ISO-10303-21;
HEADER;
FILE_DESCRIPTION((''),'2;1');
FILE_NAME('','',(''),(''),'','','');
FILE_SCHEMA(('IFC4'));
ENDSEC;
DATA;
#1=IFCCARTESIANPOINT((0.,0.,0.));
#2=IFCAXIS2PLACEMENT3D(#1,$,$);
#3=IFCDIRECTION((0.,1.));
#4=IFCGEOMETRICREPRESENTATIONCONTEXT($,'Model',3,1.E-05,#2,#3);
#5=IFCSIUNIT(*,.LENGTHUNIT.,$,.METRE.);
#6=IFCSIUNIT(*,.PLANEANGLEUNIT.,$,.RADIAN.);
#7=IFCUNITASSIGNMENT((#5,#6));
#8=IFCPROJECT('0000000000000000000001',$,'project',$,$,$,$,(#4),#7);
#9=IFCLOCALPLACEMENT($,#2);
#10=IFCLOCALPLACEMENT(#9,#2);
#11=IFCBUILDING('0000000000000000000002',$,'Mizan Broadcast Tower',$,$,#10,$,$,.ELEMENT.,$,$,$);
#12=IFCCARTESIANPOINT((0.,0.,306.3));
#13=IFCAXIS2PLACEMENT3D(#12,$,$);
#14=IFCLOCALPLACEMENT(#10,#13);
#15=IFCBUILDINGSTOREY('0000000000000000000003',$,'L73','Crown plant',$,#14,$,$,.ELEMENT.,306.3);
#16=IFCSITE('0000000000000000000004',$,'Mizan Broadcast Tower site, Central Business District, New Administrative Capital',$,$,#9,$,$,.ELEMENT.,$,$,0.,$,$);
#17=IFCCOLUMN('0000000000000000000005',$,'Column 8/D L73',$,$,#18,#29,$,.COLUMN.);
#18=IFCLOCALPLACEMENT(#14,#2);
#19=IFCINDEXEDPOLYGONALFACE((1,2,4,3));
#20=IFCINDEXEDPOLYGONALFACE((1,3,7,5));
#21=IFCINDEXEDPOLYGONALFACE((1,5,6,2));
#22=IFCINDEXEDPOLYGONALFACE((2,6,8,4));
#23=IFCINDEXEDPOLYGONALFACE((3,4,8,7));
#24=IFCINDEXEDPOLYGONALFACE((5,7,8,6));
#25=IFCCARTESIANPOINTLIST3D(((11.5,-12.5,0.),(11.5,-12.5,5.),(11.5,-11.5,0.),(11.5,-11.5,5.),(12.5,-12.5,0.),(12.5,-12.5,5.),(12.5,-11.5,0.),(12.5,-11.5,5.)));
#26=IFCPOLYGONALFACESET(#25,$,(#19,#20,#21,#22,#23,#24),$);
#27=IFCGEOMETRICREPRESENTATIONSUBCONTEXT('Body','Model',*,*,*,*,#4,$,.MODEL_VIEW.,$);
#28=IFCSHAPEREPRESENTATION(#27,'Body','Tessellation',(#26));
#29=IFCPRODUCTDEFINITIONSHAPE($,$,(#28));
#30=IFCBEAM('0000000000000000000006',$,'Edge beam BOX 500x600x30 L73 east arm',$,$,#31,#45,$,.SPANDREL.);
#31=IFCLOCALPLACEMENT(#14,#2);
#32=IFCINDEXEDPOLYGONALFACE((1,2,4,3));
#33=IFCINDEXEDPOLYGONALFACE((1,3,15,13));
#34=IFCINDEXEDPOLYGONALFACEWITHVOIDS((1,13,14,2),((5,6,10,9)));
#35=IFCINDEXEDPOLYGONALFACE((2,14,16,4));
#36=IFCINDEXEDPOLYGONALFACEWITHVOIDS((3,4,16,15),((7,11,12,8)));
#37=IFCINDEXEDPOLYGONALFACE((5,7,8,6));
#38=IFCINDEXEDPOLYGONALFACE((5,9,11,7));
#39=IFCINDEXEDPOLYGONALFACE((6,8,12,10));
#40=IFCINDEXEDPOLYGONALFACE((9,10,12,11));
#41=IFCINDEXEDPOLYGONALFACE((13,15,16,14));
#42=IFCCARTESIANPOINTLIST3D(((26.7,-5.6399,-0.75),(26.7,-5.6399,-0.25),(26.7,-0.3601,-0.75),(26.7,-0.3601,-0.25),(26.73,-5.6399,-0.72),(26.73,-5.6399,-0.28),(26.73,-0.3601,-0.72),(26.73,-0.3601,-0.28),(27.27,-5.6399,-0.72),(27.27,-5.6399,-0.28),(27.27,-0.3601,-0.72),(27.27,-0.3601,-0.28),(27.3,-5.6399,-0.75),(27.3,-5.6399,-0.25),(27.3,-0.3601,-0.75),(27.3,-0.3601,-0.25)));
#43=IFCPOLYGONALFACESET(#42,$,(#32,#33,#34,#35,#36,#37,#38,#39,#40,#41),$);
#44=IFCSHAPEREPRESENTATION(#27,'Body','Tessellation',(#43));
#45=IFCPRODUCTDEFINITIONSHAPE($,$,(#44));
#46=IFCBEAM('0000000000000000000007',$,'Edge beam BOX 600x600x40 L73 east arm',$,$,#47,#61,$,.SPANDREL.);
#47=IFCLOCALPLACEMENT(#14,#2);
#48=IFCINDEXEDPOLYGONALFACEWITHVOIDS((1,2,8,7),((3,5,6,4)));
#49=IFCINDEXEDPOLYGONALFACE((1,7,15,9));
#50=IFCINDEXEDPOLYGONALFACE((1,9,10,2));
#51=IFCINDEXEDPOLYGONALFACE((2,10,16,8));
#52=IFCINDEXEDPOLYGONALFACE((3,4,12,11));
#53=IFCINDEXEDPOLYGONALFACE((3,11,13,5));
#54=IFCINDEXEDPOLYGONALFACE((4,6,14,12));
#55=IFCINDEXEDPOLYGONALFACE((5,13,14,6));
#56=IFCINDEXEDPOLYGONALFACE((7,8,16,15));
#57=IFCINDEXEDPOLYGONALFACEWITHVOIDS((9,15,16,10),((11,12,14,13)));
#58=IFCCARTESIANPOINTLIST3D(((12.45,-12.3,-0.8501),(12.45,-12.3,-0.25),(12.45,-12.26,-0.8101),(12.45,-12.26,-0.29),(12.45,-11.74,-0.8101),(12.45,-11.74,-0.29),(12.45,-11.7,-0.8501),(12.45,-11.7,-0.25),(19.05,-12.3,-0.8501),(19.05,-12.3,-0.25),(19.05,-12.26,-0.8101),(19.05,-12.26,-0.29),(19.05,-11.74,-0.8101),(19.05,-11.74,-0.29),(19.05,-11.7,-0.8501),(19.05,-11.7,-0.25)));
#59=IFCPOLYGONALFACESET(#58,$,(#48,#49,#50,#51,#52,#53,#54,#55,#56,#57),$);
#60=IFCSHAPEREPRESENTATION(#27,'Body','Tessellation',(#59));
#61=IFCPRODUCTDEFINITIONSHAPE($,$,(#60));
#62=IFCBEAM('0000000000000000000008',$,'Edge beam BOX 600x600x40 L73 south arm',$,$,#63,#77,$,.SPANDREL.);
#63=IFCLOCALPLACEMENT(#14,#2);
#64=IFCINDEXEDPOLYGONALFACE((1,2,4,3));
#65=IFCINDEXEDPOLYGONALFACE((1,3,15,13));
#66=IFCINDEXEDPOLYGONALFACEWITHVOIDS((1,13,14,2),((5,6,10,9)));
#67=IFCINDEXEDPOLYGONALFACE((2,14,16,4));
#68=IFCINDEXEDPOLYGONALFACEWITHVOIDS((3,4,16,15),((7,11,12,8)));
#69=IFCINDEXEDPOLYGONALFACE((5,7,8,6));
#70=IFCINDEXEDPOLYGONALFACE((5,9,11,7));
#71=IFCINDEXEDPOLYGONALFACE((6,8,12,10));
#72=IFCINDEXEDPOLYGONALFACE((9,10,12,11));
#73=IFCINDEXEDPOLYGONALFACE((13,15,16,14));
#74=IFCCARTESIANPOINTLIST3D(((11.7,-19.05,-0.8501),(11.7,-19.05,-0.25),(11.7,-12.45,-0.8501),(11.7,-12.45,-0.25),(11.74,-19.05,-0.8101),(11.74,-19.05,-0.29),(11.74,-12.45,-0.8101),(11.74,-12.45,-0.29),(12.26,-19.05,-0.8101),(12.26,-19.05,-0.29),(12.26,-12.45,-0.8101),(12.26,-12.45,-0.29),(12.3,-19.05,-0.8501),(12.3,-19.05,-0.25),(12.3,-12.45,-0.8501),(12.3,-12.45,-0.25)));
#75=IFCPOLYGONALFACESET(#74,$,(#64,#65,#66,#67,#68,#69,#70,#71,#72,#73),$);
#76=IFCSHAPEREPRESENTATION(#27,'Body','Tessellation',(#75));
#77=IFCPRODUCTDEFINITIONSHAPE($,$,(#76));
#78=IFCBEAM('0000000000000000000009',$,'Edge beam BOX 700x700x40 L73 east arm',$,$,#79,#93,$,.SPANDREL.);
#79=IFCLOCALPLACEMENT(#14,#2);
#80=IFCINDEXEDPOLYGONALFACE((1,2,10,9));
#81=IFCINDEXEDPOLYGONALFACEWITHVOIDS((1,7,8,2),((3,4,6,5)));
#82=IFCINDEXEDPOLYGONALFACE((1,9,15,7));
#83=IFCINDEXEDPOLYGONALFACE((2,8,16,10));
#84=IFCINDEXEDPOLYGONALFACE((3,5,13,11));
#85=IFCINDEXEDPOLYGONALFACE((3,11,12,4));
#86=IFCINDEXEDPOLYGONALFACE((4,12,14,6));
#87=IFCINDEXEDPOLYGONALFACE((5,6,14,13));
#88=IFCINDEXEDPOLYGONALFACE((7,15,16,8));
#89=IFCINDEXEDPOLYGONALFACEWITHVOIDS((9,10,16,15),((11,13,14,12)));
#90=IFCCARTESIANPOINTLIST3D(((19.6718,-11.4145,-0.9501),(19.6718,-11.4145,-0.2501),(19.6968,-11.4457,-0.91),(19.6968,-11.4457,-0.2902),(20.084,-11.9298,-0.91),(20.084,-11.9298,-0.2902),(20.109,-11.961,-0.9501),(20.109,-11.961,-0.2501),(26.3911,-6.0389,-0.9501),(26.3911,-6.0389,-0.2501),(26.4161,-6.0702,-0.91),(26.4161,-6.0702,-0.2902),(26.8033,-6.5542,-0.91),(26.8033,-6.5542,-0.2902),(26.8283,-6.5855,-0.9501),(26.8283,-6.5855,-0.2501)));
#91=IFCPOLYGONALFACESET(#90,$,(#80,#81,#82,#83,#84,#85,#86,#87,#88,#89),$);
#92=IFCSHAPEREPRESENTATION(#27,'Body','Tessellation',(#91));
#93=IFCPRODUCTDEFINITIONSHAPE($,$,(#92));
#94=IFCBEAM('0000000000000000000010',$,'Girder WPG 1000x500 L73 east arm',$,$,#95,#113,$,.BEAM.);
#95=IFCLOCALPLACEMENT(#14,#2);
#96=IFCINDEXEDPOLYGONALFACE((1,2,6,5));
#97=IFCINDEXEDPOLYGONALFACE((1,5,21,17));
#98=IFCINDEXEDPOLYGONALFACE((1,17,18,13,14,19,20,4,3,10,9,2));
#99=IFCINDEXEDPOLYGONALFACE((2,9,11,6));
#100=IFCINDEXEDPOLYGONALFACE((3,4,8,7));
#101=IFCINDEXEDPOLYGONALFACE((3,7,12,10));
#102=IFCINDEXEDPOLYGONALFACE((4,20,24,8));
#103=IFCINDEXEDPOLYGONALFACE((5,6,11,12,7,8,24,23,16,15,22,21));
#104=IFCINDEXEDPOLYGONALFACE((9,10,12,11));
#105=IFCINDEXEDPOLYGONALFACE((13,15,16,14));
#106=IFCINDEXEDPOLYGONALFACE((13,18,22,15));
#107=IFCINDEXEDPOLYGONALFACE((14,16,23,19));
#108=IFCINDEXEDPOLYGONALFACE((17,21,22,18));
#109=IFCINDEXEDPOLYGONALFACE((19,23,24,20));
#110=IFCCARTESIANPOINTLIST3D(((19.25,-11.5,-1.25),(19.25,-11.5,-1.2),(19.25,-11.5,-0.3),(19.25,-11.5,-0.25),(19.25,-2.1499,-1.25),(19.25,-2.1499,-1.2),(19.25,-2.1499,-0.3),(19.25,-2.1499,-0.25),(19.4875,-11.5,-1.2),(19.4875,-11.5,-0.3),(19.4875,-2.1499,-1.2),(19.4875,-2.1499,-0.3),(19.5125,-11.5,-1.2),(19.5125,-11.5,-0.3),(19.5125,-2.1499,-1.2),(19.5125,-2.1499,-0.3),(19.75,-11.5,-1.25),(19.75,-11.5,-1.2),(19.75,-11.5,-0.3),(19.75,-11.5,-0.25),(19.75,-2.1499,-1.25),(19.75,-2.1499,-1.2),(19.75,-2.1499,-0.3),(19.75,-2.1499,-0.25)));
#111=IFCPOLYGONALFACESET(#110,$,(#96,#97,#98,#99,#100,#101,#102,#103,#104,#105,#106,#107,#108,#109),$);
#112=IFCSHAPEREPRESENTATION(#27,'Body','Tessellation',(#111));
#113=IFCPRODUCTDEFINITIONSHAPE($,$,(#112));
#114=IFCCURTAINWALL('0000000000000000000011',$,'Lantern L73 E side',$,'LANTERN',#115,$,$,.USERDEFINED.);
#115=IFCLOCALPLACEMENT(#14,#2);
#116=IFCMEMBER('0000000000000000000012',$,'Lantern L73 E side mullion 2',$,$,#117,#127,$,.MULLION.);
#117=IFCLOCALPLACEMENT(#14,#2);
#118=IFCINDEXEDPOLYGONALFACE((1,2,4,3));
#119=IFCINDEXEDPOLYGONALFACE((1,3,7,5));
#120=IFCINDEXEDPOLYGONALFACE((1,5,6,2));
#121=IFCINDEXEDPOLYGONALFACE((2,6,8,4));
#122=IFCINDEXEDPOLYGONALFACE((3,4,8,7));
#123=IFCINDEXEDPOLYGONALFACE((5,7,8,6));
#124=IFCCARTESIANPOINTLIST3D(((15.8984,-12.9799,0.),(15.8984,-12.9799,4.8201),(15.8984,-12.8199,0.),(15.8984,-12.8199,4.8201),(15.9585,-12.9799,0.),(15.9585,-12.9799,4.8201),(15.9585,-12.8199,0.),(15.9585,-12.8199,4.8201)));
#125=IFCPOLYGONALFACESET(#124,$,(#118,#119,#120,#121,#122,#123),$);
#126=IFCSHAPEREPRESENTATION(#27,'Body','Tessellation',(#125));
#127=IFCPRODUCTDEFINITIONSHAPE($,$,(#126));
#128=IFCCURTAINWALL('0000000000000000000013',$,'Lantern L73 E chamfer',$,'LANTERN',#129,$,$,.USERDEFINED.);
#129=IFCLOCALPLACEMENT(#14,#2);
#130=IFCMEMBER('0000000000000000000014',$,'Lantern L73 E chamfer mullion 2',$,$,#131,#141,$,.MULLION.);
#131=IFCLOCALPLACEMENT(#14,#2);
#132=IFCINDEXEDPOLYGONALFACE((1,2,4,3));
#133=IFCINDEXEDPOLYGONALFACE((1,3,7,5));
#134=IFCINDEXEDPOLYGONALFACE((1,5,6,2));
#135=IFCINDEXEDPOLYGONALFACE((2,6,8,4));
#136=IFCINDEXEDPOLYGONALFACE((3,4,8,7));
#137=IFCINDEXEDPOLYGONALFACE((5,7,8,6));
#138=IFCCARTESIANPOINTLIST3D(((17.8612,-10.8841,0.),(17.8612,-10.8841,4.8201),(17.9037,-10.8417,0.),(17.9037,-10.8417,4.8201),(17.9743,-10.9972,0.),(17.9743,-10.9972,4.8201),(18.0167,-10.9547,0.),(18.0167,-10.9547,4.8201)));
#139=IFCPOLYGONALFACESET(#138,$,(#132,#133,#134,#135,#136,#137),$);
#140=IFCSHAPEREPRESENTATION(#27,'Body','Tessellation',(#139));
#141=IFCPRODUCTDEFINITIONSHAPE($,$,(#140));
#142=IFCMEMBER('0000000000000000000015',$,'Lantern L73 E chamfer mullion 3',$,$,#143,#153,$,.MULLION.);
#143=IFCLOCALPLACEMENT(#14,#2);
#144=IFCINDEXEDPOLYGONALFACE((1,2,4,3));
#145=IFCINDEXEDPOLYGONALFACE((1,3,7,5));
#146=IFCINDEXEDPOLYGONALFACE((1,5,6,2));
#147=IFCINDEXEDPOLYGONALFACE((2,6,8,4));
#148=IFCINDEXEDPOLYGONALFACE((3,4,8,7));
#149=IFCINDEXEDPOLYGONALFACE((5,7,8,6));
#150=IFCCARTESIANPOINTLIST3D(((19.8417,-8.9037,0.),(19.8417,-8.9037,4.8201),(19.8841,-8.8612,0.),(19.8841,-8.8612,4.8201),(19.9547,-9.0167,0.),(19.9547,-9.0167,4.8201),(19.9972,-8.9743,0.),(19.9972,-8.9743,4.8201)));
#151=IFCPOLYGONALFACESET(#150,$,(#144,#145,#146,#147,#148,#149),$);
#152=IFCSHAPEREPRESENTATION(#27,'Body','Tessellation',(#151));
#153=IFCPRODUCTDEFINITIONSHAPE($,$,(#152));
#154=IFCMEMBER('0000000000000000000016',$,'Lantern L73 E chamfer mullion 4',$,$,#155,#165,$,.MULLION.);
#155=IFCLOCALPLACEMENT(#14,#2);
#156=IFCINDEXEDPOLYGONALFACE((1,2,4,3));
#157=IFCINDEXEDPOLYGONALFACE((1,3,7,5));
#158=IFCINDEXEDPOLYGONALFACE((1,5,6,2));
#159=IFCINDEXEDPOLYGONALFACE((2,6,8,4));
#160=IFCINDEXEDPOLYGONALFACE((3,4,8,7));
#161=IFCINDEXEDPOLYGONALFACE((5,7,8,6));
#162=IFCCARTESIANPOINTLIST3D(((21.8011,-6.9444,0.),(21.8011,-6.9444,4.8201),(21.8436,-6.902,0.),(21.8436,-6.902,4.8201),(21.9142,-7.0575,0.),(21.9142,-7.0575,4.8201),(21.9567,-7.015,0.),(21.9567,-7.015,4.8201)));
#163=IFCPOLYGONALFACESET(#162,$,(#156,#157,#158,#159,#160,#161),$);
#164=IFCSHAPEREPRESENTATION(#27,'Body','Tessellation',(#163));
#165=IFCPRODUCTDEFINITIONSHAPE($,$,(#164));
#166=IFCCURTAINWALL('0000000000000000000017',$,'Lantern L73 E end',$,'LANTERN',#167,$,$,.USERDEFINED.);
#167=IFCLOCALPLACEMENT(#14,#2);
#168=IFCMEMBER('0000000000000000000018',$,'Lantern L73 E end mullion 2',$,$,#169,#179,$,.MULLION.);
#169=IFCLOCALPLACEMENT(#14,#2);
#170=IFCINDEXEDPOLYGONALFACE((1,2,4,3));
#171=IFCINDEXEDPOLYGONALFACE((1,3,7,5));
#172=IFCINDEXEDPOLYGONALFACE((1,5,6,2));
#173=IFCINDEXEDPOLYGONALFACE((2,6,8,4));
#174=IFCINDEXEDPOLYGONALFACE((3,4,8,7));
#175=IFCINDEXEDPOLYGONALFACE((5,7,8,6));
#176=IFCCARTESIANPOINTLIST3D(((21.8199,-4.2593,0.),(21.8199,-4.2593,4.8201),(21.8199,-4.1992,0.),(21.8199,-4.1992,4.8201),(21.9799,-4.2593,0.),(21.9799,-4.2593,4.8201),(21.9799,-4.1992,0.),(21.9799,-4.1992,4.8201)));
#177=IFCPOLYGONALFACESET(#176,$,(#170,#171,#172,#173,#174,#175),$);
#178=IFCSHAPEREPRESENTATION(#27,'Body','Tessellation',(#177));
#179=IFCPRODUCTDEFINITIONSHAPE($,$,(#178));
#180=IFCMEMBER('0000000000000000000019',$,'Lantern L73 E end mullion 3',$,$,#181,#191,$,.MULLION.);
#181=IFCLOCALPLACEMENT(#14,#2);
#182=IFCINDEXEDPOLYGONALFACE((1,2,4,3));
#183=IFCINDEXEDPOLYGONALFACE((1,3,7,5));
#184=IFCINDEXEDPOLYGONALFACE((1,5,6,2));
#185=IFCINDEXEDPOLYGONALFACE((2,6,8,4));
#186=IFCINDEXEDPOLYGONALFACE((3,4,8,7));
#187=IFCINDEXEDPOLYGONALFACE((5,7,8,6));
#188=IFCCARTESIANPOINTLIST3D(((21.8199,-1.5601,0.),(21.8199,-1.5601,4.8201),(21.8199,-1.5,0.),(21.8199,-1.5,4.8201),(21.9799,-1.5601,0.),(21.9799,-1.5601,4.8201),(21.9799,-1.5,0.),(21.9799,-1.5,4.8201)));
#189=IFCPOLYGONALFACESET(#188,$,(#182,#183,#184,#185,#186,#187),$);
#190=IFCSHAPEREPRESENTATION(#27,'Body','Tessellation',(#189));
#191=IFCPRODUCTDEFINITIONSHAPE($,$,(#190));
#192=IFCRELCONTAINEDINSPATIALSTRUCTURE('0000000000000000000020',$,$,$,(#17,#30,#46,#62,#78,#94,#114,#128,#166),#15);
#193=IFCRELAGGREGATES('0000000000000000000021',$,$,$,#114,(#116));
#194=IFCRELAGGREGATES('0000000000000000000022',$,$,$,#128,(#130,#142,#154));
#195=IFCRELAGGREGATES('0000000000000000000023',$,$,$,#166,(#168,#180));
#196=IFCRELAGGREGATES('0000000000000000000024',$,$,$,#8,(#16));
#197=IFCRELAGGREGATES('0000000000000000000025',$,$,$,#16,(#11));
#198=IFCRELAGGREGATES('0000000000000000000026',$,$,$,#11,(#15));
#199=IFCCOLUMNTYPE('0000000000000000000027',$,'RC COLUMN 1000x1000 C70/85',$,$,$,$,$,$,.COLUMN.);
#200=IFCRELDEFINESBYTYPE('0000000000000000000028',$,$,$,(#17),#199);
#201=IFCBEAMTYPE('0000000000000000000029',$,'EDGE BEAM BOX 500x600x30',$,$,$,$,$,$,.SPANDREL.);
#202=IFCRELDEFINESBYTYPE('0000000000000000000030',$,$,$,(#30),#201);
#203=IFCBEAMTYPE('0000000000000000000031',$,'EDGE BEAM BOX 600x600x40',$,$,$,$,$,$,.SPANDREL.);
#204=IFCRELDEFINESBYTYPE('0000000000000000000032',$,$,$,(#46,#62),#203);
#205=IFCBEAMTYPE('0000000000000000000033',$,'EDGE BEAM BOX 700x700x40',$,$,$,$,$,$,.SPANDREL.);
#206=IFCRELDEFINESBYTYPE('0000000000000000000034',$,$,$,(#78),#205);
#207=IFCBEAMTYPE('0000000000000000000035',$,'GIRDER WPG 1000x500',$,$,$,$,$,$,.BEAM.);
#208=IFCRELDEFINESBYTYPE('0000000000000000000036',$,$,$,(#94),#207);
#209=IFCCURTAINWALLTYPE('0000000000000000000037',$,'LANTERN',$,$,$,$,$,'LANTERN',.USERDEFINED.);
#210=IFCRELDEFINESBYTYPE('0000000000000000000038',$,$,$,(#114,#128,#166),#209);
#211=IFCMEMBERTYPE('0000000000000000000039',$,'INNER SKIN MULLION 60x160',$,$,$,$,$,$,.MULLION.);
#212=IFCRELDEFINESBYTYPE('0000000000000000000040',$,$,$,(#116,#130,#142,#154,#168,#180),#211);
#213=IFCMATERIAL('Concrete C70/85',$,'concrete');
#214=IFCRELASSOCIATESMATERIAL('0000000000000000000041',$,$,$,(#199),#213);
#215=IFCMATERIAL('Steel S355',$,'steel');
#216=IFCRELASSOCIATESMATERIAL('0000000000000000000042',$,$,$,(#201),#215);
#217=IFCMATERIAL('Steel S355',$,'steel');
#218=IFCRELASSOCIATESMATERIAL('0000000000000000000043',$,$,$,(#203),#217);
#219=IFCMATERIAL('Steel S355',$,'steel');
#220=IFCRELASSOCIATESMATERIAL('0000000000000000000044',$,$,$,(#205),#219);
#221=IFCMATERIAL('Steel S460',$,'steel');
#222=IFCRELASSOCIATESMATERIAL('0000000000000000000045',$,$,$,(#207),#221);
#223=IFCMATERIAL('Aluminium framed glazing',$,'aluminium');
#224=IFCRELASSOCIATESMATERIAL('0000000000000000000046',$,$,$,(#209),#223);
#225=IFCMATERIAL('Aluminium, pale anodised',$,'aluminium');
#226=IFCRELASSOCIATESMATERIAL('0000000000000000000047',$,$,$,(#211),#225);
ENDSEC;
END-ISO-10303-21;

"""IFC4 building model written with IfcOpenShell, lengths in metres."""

from ifc_helpers import new_model, si_unit, direction, frame, origin, origin_2d, place, context, subcontext, project, spatial, rectangle, hollow_rectangle, i_section, extrude, material, material_profile, profile_set, type_object, element, aggregate, save


model = new_model("IFC4")

# Units and contexts
model_context = context("Model", 3, precision=1e-05, world=origin(), true_north=direction((0.0, 1.0)))
body_context = subcontext(model_context, "Body", "Model", "MODEL_VIEW")
ifc_project = project(units=[si_unit("LENGTHUNIT", "METRE"), si_unit("PLANEANGLEUNIT", "RADIAN")], contexts=[model_context])

# Site, building, storey
site_placement = place(None, origin())
site = spatial("IfcSite", under=ifc_project, at=site_placement, Name="Mizan Broadcast Tower site, Central Business District, New Administrative Capital", CompositionType="ELEMENT", RefElevation=0.0)
building_placement = place(site_placement, origin())
building = spatial("IfcBuilding", under=site, at=building_placement, Name="Mizan Broadcast Tower", CompositionType="ELEMENT")
storey_placement = place(building_placement, frame((0.0, 0.0, 306.3)))
storey = spatial("IfcBuildingStorey", under=building, at=storey_placement, Name="L73", Description="Crown plant", CompositionType="ELEMENT", Elevation=306.3)

# Column
ifc_material_1 = material(Name="Concrete C70/85", Category="concrete")
ifc_material_profile_1 = material_profile(ifc_material_1, rectangle(XDim=1.0, YDim=1.0, at=origin_2d()), Name="RC 1000x1000")
ifc_profile_set_1 = profile_set([ifc_material_profile_1], Name="Concrete C70/85")
column_type = type_object("IfcColumnType", Name="RC COLUMN 1000x1000 C70/85", PredefinedType="COLUMN", material=ifc_profile_set_1)
column_placement = place(storey_placement, frame((12.0, -12.0, 0.0), z_axis=(0.0, 0.0, 1.0), x_axis=(1.0, 0.0, 0.0)))
element("IfcColumn", 1, at=column_placement, inside=storey, type_object=column_type, Name="Column 8/D L73", PredefinedType="COLUMN", context=body_context, shape_type="SweptSolid", body=[
    extrude(rectangle(XDim=1.0, YDim=1.0, at=origin_2d()), origin(), (0.0, 0.0, 1.0), 5.0),
])

# Beams
ifc_material_2 = material(Name="Steel S355", Category="steel")
ifc_material_profile_2 = material_profile(ifc_material_2, hollow_rectangle(XDim=0.6001, YDim=0.5, WallThickness=0.03, at=origin_2d()), Name="BOX 500x600x30")
ifc_profile_set_2 = profile_set([ifc_material_profile_2], Name="Steel S355")
beam_type_1 = type_object("IfcBeamType", Name="EDGE BEAM BOX 500x600x30", PredefinedType="SPANDREL", material=ifc_profile_set_2)
beam_1_placement = place(storey_placement, frame((27.0, -5.6399, -0.5), z_axis=(0.0, 1.0, 0.0), x_axis=(-1.0, 0.0, 0.0)))
element("IfcBeam", 2, at=beam_1_placement, inside=storey, type_object=beam_type_1, Name="Edge beam BOX 500x600x30 L73 east arm", PredefinedType="SPANDREL", context=body_context, shape_type="SweptSolid", body=[
    extrude(hollow_rectangle(XDim=0.6001, YDim=0.5, WallThickness=0.03, at=origin_2d()), origin(), (0.0, 0.0, 1.0), 5.2798),
])
ifc_material_3 = material(Name="Steel S355", Category="steel")
ifc_material_profile_3 = material_profile(ifc_material_3, hollow_rectangle(XDim=0.6001, YDim=0.6001, WallThickness=0.04, at=origin_2d()), Name="BOX 600x600x40")
ifc_profile_set_3 = profile_set([ifc_material_profile_3], Name="Steel S355")
beam_type_2 = type_object("IfcBeamType", Name="EDGE BEAM BOX 600x600x40", PredefinedType="SPANDREL", material=ifc_profile_set_3)
for number, where, z_axis, x_axis, name in (
    (3, (12.45, -12.0, -0.55), (1.0, 0.0, 0.0), (0.0, 1.0, 0.0), "Edge beam BOX 600x600x40 L73 east arm"),
    (4, (12.0, -12.45, -0.55), (0.0, -1.0, 0.0), (1.0, 0.0, 0.0), "Edge beam BOX 600x600x40 L73 south arm"),
):
    element("IfcBeam", number, at=place(storey_placement, frame(where, z_axis=z_axis, x_axis=x_axis)), inside=storey, type_object=beam_type_2, Name=name, PredefinedType="SPANDREL", context=body_context, shape_type="SweptSolid", body=[
        extrude(hollow_rectangle(XDim=0.6001, YDim=0.6001, WallThickness=0.04, at=origin_2d()), origin(), (0.0, 0.0, 1.0), 6.6001),
    ])
ifc_material_4 = material(Name="Steel S355", Category="steel")
ifc_material_profile_4 = material_profile(ifc_material_4, hollow_rectangle(XDim=0.7, YDim=0.7, WallThickness=0.04, at=origin_2d()), Name="BOX 700x700x40")
ifc_profile_set_4 = profile_set([ifc_material_profile_4], Name="Steel S355")
beam_type_3 = type_object("IfcBeamType", Name="EDGE BEAM BOX 700x700x40", PredefinedType="SPANDREL", material=ifc_profile_set_4)
beam_2_placement = place(storey_placement, frame((19.8904, -11.6877, -0.6001), z_axis=(0.780863, 0.624702, 0.0), x_axis=(-0.624702, 0.780863, 0.0)))
element("IfcBeam", 5, at=beam_2_placement, inside=storey, type_object=beam_type_3, Name="Edge beam BOX 700x700x40 L73 east arm", PredefinedType="SPANDREL", context=body_context, shape_type="SweptSolid", body=[
    extrude(hollow_rectangle(XDim=0.7, YDim=0.7, WallThickness=0.04, at=origin_2d()), origin(), (0.0, 0.0, 1.0), 8.605),
])
ifc_material_5 = material(Name="Steel S460", Category="steel")
ifc_material_profile_5 = material_profile(ifc_material_5, i_section(OverallWidth=0.5, OverallDepth=1.0, WebThickness=0.0249, FlangeThickness=0.05, at=origin_2d()), Name="WPG 1000x500")
ifc_profile_set_5 = profile_set([ifc_material_profile_5], Name="Steel S460")
beam_type_4 = type_object("IfcBeamType", Name="GIRDER WPG 1000x500", PredefinedType="BEAM", material=ifc_profile_set_5)
beam_3_placement = place(storey_placement, frame((19.5, -11.5, -0.75), z_axis=(0.0, 1.0, 0.0), x_axis=(-1.0, 0.0, 0.0)))
element("IfcBeam", 6, at=beam_3_placement, inside=storey, type_object=beam_type_4, Name="Girder WPG 1000x500 L73 east arm", PredefinedType="BEAM", context=body_context, shape_type="SweptSolid", body=[
    extrude(i_section(OverallWidth=0.5, OverallDepth=1.0, WebThickness=0.0249, FlangeThickness=0.05, at=origin_2d()), origin(), (0.0, 0.0, 1.0), 9.3501),
])

# Curtain wall, member
ifc_material_6 = material(Name="Aluminium framed glazing", Category="aluminium")
curtain_wall_type = type_object("IfcCurtainWallType", Name="LANTERN", ElementType="LANTERN", PredefinedType="USERDEFINED", material=ifc_material_6)
curtain_wall_1_placement = place(storey_placement, origin())
curtain_wall_1 = element("IfcCurtainWall", 7, at=curtain_wall_1_placement, inside=storey, type_object=curtain_wall_type, Name="Lantern L73 E side", ObjectType="LANTERN", PredefinedType="USERDEFINED")
ifc_material_7 = material(Name="Aluminium, pale anodised", Category="aluminium")
ifc_material_profile_6 = material_profile(ifc_material_7, rectangle(XDim=0.1599, YDim=0.0601, at=origin_2d()), Name="MULLION 160x60")
ifc_profile_set_6 = profile_set([ifc_material_profile_6], Name="Aluminium, pale anodised")
member_type_1 = type_object("IfcMemberType", Name="INNER SKIN MULLION 60x160", PredefinedType="MULLION", material=ifc_profile_set_6)
member_1_placement = place(storey_placement, frame((15.9285, -12.8999, 0.0), z_axis=(0.0, 0.0, 1.0), x_axis=(0.0, 1.0, 0.0)))
member_1 = element("IfcMember", 8, at=member_1_placement, type_object=member_type_1, Name="Lantern L73 E side mullion 2", PredefinedType="MULLION", context=body_context, shape_type="SweptSolid", body=[
    extrude(rectangle(XDim=0.1599, YDim=0.0601, at=origin_2d()), origin(), (0.0, 0.0, 1.0), 4.8201),
])

# Curtain walls, members
curtain_wall_2_placement = place(storey_placement, origin())
curtain_wall_2 = element("IfcCurtainWall", 9, at=curtain_wall_2_placement, inside=storey, type_object=curtain_wall_type, Name="Lantern L73 E chamfer", ObjectType="LANTERN", PredefinedType="USERDEFINED")
member_2_placement = place(storey_placement, frame((17.939, -10.9194, 0.0), z_axis=(0.0, 0.0, 1.0), x_axis=(-0.707107, 0.707107, 0.0)))
member_2 = element("IfcMember", 10, at=member_2_placement, type_object=member_type_1, Name="Lantern L73 E chamfer mullion 2", PredefinedType="MULLION", context=body_context, shape_type="SweptSolid", body=[
    extrude(rectangle(XDim=0.1599, YDim=0.0601, at=origin_2d()), origin(), (0.0, 0.0, 1.0), 4.8201),
])
member_3_placement = place(storey_placement, frame((19.9194, -8.939, 0.0), z_axis=(0.0, 0.0, 1.0), x_axis=(-0.707107, 0.707107, 0.0)))
member_3 = element("IfcMember", 11, at=member_3_placement, type_object=member_type_1, Name="Lantern L73 E chamfer mullion 3", PredefinedType="MULLION", context=body_context, shape_type="SweptSolid", body=[
    extrude(rectangle(XDim=0.1599, YDim=0.0601, at=origin_2d()), origin(), (0.0, 0.0, 1.0), 4.8201),
])
member_4_placement = place(storey_placement, frame((21.8789, -6.9797, 0.0), z_axis=(0.0, 0.0, 1.0), x_axis=(-0.707107, 0.707107, 0.0)))
member_4 = element("IfcMember", 12, at=member_4_placement, type_object=member_type_1, Name="Lantern L73 E chamfer mullion 4", PredefinedType="MULLION", context=body_context, shape_type="SweptSolid", body=[
    extrude(rectangle(XDim=0.1599, YDim=0.0601, at=origin_2d()), origin(), (0.0, 0.0, 1.0), 4.8201),
])
curtain_wall_3_placement = place(storey_placement, origin())
curtain_wall_3 = element("IfcCurtainWall", 13, at=curtain_wall_3_placement, inside=storey, type_object=curtain_wall_type, Name="Lantern L73 E end", ObjectType="LANTERN", PredefinedType="USERDEFINED")
member_5_placement = place(storey_placement, frame((21.8999, -4.2292, 0.0), z_axis=(0.0, 0.0, 1.0), x_axis=(-1.0, 0.0, 0.0)))
member_5 = element("IfcMember", 14, at=member_5_placement, type_object=member_type_1, Name="Lantern L73 E end mullion 2", PredefinedType="MULLION", context=body_context, shape_type="SweptSolid", body=[
    extrude(rectangle(XDim=0.1599, YDim=0.0601, at=origin_2d()), origin(), (0.0, 0.0, 1.0), 4.8201),
])
member_6_placement = place(storey_placement, frame((21.8999, -1.53, 0.0), z_axis=(0.0, 0.0, 1.0), x_axis=(-1.0, 0.0, 0.0)))
member_6 = element("IfcMember", 15, at=member_6_placement, type_object=member_type_1, Name="Lantern L73 E end mullion 3", PredefinedType="MULLION", context=body_context, shape_type="SweptSolid", body=[
    extrude(rectangle(XDim=0.1599, YDim=0.0601, at=origin_2d()), origin(), (0.0, 0.0, 1.0), 4.8201),
])

aggregate(curtain_wall_1, [member_1])
aggregate(curtain_wall_2, [member_2, member_3, member_4])
aggregate(curtain_wall_3, [member_5, member_6])

save(model, "model.ifc")
